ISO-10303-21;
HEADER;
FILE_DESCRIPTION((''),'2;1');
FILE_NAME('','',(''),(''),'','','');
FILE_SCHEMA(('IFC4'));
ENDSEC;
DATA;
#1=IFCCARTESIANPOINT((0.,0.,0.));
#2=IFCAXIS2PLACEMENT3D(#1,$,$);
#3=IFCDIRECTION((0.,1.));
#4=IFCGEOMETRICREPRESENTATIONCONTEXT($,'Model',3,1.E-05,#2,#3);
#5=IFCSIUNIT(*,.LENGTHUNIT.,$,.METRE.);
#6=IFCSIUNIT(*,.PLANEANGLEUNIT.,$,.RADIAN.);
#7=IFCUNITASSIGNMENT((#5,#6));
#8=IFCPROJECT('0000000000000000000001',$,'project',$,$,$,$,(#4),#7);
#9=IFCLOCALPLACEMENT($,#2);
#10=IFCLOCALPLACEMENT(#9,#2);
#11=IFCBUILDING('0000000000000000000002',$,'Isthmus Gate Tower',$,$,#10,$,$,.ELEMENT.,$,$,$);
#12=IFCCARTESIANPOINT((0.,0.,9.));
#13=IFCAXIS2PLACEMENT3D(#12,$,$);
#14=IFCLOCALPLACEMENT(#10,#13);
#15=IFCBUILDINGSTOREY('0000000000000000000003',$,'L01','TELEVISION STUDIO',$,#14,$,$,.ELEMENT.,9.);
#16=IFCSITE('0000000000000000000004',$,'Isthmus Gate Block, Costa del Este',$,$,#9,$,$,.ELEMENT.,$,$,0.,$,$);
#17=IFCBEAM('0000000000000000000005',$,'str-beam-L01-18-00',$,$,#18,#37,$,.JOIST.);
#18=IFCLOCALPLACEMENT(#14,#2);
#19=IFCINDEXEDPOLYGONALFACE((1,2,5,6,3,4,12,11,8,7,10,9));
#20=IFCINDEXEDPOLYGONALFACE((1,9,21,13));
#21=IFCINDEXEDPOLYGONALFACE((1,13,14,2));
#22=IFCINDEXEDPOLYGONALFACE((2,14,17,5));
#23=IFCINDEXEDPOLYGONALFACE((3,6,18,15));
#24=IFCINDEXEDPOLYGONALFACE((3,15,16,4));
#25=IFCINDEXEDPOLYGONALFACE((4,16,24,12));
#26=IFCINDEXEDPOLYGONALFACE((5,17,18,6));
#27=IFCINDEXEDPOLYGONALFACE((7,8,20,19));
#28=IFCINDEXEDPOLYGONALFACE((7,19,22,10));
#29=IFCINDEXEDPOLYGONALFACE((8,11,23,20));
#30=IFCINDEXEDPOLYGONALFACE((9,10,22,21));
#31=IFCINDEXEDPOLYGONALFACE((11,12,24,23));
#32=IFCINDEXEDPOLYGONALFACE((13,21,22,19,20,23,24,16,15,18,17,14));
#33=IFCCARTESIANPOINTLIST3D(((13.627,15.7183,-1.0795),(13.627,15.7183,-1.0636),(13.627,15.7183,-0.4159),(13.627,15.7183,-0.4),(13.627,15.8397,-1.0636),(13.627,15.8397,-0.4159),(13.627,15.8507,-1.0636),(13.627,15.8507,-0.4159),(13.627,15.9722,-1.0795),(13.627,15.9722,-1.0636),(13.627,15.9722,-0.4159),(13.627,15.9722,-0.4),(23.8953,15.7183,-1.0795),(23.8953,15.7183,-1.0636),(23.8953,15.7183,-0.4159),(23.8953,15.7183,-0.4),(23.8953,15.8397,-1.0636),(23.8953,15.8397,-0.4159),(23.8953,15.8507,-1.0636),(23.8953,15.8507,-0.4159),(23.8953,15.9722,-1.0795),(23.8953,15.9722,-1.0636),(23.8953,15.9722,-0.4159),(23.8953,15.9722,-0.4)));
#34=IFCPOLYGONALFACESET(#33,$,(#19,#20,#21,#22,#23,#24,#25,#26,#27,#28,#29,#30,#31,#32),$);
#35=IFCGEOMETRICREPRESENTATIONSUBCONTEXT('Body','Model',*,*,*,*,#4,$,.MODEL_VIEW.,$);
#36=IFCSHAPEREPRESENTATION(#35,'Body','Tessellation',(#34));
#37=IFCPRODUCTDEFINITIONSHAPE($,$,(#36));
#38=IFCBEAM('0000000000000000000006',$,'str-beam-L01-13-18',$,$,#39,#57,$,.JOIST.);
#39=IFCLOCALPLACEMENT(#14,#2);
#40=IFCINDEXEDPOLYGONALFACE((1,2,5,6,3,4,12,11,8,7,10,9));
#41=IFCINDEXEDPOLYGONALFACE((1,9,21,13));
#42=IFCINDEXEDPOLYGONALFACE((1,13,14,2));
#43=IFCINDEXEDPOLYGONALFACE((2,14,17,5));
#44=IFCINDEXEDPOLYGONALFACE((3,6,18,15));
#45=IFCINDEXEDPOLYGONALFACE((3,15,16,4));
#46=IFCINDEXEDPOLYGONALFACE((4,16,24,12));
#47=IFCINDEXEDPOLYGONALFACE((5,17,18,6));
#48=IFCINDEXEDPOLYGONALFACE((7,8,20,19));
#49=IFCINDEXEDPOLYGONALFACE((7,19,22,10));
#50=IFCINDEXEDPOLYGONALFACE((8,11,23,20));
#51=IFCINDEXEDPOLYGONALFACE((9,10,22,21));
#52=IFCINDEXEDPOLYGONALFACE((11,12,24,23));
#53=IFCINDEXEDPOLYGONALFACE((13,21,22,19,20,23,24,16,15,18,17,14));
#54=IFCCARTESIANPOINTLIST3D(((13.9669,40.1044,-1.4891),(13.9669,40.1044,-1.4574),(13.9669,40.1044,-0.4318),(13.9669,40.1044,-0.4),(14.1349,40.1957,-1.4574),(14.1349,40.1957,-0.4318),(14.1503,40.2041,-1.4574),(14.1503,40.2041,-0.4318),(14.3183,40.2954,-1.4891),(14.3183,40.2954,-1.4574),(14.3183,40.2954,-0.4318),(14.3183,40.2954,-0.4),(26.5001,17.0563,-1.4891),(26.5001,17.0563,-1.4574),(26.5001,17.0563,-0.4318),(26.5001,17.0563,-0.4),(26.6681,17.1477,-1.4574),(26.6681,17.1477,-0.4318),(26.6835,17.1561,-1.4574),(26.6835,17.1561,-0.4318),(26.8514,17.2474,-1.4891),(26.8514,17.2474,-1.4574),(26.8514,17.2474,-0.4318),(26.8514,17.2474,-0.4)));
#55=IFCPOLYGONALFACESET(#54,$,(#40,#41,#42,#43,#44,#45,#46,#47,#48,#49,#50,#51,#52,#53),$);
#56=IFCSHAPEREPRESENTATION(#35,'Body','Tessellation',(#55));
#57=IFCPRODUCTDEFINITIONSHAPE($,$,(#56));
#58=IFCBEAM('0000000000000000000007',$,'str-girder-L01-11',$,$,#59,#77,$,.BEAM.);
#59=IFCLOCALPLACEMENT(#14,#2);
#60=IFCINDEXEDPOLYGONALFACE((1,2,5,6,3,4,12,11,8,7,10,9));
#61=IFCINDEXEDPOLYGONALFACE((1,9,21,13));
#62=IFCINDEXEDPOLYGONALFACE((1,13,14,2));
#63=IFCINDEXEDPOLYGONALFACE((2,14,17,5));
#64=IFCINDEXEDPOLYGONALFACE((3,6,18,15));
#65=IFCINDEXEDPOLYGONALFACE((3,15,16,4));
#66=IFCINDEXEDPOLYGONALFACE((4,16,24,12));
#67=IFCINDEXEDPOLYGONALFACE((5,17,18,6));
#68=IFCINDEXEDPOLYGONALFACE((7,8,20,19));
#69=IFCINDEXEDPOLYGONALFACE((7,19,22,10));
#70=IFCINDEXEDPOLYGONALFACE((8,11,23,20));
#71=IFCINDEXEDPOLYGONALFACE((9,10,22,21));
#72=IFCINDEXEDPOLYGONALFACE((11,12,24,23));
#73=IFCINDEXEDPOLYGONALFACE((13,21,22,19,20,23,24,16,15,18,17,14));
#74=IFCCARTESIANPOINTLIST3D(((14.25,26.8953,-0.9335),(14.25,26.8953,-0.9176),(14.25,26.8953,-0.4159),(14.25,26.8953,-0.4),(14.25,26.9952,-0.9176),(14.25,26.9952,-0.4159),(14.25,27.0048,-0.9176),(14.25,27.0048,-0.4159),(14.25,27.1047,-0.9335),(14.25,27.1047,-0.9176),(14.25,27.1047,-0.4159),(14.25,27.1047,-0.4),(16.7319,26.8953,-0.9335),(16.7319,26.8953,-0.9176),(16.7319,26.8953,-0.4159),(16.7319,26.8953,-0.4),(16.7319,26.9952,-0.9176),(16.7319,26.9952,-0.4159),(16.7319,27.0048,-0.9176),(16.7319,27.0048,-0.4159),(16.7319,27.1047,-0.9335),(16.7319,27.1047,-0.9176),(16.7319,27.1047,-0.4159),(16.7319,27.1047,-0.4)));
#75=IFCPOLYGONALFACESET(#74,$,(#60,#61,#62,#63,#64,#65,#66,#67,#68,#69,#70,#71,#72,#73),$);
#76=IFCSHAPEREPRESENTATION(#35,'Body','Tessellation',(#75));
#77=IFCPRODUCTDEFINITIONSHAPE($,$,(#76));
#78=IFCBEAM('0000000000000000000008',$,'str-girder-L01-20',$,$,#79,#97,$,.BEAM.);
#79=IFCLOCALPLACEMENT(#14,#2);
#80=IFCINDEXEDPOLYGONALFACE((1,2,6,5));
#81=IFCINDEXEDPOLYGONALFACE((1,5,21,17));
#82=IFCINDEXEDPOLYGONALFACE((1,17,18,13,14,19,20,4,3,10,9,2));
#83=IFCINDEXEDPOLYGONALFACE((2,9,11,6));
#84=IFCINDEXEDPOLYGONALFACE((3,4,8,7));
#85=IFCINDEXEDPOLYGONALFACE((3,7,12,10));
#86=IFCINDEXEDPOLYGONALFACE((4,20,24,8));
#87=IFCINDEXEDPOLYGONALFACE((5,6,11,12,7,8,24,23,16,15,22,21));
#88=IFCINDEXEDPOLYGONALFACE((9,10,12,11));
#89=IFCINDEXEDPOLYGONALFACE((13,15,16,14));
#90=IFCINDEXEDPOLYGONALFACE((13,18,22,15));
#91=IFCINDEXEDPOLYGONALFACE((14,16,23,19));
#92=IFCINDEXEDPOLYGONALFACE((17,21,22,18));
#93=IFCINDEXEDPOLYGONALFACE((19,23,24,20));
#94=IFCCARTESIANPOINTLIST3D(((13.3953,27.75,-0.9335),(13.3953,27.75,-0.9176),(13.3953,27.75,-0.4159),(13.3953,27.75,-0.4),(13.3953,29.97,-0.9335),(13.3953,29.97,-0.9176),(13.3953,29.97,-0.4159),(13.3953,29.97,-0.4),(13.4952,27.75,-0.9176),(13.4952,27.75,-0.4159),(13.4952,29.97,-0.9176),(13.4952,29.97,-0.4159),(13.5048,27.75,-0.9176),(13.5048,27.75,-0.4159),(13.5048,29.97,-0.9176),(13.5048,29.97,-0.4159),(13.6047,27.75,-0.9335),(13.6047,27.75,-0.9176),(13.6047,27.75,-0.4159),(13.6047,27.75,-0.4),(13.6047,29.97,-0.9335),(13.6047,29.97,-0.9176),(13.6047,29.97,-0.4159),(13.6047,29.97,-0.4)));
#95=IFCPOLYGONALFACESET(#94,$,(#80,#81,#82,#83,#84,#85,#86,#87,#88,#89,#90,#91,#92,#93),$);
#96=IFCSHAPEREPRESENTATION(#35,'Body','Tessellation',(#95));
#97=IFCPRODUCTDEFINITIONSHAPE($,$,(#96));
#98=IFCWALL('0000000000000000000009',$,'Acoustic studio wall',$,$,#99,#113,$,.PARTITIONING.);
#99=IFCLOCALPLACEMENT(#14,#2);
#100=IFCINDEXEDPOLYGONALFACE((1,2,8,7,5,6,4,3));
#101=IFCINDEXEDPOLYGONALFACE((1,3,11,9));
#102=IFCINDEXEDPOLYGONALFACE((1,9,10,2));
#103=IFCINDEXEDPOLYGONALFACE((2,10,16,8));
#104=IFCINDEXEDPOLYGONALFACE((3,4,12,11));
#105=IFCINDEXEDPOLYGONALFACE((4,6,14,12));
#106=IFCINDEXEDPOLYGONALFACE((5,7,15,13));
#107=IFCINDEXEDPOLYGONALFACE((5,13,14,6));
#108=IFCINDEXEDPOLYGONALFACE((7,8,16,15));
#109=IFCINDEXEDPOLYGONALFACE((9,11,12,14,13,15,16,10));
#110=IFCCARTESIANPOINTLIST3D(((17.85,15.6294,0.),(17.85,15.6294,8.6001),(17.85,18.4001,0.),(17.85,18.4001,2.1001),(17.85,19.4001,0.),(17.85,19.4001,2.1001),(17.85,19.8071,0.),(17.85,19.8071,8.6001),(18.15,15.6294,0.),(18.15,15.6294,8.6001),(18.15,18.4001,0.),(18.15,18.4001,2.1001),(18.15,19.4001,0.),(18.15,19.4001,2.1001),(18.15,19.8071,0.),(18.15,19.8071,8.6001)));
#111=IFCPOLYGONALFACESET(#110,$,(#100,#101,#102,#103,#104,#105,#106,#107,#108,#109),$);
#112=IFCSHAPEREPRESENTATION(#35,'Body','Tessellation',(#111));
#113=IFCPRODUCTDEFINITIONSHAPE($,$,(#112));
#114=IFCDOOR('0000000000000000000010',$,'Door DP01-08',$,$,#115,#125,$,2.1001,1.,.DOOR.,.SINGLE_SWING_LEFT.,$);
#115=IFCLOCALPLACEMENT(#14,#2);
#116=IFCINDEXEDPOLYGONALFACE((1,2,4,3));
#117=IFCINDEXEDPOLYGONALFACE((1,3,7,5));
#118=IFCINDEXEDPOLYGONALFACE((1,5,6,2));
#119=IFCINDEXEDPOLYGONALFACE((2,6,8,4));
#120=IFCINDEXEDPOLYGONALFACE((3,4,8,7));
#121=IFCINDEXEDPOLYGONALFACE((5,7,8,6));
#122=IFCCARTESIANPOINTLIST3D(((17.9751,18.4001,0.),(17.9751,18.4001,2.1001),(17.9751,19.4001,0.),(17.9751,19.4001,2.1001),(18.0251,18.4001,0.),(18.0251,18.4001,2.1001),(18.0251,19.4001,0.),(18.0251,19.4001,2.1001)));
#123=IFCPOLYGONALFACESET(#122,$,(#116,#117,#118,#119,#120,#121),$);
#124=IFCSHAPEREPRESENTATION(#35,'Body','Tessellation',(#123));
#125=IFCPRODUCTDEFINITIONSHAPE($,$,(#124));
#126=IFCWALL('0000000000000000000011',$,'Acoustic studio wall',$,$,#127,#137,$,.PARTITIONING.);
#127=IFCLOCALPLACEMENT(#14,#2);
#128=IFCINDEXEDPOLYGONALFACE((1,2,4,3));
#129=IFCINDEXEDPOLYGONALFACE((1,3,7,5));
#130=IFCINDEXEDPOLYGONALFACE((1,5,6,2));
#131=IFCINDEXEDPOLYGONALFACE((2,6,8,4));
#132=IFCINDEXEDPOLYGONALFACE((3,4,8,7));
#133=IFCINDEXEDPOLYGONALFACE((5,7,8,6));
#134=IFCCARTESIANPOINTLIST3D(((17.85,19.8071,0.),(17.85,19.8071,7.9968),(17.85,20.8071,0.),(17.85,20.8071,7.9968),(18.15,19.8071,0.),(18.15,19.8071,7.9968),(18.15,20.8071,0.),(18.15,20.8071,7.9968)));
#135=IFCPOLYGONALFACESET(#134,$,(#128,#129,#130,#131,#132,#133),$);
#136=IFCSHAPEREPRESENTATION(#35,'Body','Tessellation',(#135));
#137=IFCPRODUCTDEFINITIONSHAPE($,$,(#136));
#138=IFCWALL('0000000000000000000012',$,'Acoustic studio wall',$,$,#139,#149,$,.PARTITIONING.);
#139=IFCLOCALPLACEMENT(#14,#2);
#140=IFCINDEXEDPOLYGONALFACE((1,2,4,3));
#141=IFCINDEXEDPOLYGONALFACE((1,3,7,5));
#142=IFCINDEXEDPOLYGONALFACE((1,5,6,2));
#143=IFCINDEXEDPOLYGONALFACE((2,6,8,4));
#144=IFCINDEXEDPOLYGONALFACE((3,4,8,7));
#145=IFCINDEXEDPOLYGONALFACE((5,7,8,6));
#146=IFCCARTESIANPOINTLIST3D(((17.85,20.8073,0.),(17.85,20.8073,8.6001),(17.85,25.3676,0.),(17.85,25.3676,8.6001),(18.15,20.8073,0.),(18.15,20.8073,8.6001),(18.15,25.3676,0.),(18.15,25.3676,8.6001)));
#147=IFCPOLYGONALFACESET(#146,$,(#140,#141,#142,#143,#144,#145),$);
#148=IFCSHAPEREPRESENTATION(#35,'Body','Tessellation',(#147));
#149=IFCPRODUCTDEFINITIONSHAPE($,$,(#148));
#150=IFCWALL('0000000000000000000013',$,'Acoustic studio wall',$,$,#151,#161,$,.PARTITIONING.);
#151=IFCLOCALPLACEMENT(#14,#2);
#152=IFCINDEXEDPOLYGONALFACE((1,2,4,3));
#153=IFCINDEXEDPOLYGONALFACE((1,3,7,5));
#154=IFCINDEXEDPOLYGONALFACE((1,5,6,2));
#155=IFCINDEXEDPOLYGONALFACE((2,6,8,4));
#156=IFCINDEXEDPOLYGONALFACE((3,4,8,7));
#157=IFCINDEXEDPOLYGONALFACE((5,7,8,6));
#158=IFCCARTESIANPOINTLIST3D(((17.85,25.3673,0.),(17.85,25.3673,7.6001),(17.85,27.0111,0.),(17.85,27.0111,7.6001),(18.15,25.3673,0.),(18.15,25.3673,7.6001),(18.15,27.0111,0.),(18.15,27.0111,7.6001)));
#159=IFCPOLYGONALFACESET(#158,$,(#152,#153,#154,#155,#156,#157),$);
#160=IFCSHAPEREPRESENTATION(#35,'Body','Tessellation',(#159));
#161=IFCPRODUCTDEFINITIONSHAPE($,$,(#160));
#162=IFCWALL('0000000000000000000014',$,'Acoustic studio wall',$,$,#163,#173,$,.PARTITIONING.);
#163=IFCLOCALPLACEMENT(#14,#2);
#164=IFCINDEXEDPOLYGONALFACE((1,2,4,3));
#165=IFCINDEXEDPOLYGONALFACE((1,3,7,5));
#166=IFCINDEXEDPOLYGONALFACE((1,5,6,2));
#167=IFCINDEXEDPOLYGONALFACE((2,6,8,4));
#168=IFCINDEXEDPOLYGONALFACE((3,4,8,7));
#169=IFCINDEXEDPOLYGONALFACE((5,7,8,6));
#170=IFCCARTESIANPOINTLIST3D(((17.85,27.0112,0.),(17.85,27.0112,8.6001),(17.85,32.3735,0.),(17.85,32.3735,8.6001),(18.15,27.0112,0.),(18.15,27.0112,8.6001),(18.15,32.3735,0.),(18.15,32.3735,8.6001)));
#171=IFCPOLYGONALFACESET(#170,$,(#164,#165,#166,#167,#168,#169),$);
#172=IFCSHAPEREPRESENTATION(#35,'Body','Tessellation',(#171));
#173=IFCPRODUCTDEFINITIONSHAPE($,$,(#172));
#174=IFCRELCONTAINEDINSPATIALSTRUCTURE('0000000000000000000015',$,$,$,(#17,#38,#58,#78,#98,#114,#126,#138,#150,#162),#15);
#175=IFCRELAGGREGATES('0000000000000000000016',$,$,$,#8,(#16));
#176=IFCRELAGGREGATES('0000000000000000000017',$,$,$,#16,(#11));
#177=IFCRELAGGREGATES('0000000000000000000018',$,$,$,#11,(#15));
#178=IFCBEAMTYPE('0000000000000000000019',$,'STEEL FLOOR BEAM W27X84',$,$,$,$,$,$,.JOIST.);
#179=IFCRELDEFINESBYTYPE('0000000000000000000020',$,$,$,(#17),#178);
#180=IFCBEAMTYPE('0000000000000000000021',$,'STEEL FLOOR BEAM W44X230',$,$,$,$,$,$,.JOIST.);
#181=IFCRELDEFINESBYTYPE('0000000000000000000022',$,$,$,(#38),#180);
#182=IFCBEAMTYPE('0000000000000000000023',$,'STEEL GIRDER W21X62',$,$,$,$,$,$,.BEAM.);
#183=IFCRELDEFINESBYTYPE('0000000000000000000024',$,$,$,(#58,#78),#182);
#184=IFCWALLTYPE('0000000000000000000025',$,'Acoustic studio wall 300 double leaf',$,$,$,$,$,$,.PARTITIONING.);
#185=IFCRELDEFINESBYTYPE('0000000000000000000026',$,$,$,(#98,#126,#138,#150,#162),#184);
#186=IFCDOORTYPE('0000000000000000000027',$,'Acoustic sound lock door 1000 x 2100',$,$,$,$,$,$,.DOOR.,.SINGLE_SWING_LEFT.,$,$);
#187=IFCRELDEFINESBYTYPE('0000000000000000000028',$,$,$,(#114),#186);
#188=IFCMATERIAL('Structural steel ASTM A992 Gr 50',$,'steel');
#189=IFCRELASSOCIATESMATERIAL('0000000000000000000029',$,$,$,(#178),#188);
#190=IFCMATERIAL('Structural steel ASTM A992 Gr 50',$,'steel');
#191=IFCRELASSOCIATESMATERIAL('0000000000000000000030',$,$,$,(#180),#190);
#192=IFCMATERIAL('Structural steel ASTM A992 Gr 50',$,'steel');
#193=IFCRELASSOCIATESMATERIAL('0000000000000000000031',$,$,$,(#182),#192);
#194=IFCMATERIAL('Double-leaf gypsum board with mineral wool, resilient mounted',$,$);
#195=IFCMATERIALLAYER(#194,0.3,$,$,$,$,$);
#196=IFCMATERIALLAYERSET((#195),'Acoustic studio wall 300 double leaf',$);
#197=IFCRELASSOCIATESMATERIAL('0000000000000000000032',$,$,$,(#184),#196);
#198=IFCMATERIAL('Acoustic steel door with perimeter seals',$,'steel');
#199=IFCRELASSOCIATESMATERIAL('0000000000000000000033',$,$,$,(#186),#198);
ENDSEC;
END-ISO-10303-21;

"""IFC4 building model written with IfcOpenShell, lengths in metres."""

from ifc_helpers import new_model, si_unit, direction, frame, frame_2d, origin, origin_2d, place, context, subcontext, project, spatial, rectangle, i_section, extrude, material, layer, layer_set, material_profile, profile_set, type_object, element, fill, save


model = new_model("IFC4")

# Units and contexts
model_context = context("Model", 3, precision=1e-05, world=origin(), true_north=direction((0.0, 1.0)))
body_context = subcontext(model_context, "Body", "Model", "MODEL_VIEW")
ifc_project = project(units=[si_unit("LENGTHUNIT", "METRE"), si_unit("PLANEANGLEUNIT", "RADIAN")], contexts=[model_context])

# Site, building, storey
site_placement = place(None, origin())
site = spatial("IfcSite", under=ifc_project, at=site_placement, Name="Isthmus Gate Block, Costa del Este", CompositionType="ELEMENT", RefElevation=0.0)
building_placement = place(site_placement, origin())
building = spatial("IfcBuilding", under=site, at=building_placement, Name="Isthmus Gate Tower", CompositionType="ELEMENT")
storey_placement = place(building_placement, frame((0.0, 0.0, 9.0)))
storey = spatial("IfcBuildingStorey", under=building, at=storey_placement, Name="L01", Description="TELEVISION STUDIO", CompositionType="ELEMENT", Elevation=9.0)

# Beams
ifc_material_1 = material(Name="Structural steel ASTM A992 Gr 50", Category="steel")
ifc_material_profile_1 = material_profile(ifc_material_1, i_section(OverallWidth=0.2539, OverallDepth=0.6794, WebThickness=0.011, FlangeThickness=0.0159, at=origin_2d()), Name="W27X84")
ifc_profile_set_1 = profile_set([ifc_material_profile_1], Name="Structural steel ASTM A992 Gr 50")
beam_type_1 = type_object("IfcBeamType", Name="STEEL FLOOR BEAM W27X84", PredefinedType="JOIST", material=ifc_profile_set_1)
beam_1_placement = place(storey_placement, frame((13.627, 15.8452, -0.7397), z_axis=(1.0, 0.0, 0.0), x_axis=(0.0, 1.0, 0.0)))
element("IfcBeam", 1, at=beam_1_placement, inside=storey, type_object=beam_type_1, Name="str-beam-L01-18-00", PredefinedType="JOIST", context=body_context, shape_type="SweptSolid", body=[
    extrude(i_section(OverallWidth=0.2539, OverallDepth=0.6794, WebThickness=0.011, FlangeThickness=0.0159, at=origin_2d()), origin(), (0.0, 0.0, 1.0), 10.2683),
])
ifc_material_2 = material(Name="Structural steel ASTM A992 Gr 50", Category="steel")
ifc_material_profile_2 = material_profile(ifc_material_2, i_section(OverallWidth=0.3999, OverallDepth=1.0891, WebThickness=0.0176, FlangeThickness=0.0317, at=origin_2d()), Name="W44X230")
ifc_profile_set_2 = profile_set([ifc_material_profile_2], Name="Structural steel ASTM A992 Gr 50")
beam_type_2 = type_object("IfcBeamType", Name="STEEL FLOOR BEAM W44X230", PredefinedType="JOIST", material=ifc_profile_set_2)
beam_2_placement = place(storey_placement, frame((26.6758, 17.1519, -0.9446), z_axis=(-0.477721, 0.878512, 0.0), x_axis=(-0.878512, -0.477721, 0.0)))
element("IfcBeam", 2, at=beam_2_placement, inside=storey, type_object=beam_type_2, Name="str-beam-L01-13-18", PredefinedType="JOIST", context=body_context, shape_type="SweptSolid", body=[
    extrude(i_section(OverallWidth=0.3999, OverallDepth=1.0891, WebThickness=0.0176, FlangeThickness=0.0317, at=origin_2d()), origin(), (0.0, 0.0, 1.0), 26.2354),
])
ifc_material_3 = material(Name="Structural steel ASTM A992 Gr 50", Category="steel")
ifc_material_profile_3 = material_profile(ifc_material_3, i_section(OverallWidth=0.2095, OverallDepth=0.5334, WebThickness=0.0095, FlangeThickness=0.0159, at=origin_2d()), Name="W21X62")
ifc_profile_set_3 = profile_set([ifc_material_profile_3], Name="Structural steel ASTM A992 Gr 50")
beam_type_3 = type_object("IfcBeamType", Name="STEEL GIRDER W21X62", PredefinedType="BEAM", material=ifc_profile_set_3)
beam_3_placement = place(storey_placement, frame((14.25, 27.0, -0.6667), z_axis=(1.0, 0.0, 0.0), x_axis=(0.0, 1.0, 0.0)))
element("IfcBeam", 3, at=beam_3_placement, inside=storey, type_object=beam_type_3, Name="str-girder-L01-11", PredefinedType="BEAM", context=body_context, shape_type="SweptSolid", body=[
    extrude(i_section(OverallWidth=0.2095, OverallDepth=0.5334, WebThickness=0.0095, FlangeThickness=0.0159, at=origin_2d()), origin(), (0.0, 0.0, 1.0), 2.4819),
])
beam_4_placement = place(storey_placement, frame((13.5, 27.75, -0.6667), z_axis=(0.0, 1.0, 0.0), x_axis=(-1.0, 0.0, 0.0)))
element("IfcBeam", 4, at=beam_4_placement, inside=storey, type_object=beam_type_3, Name="str-girder-L01-20", PredefinedType="BEAM", context=body_context, shape_type="SweptSolid", body=[
    extrude(i_section(OverallWidth=0.2095, OverallDepth=0.5334, WebThickness=0.0095, FlangeThickness=0.0159, at=origin_2d()), origin(), (0.0, 0.0, 1.0), 2.22),
])

# Wall, opening, door
ifc_material_4 = material(Name="Double-leaf gypsum board with mineral wool, resilient mounted")
ifc_layer_1 = layer(ifc_material_4, 0.3)
ifc_layer_set_1 = layer_set([ifc_layer_1], Name="Acoustic studio wall 300 double leaf")
wall_type_1 = type_object("IfcWallType", Name="Acoustic studio wall 300 double leaf", PredefinedType="PARTITIONING", material=ifc_layer_set_1)
wall_1_placement = place(storey_placement, frame((18.0, 15.6294, 0.0), z_axis=(0.0, 0.0, 1.0), x_axis=(0.0, 1.0, 0.0)))
wall_1 = element("IfcWall", 5, at=wall_1_placement, inside=storey, type_object=wall_type_1, Name="Acoustic studio wall", PredefinedType="PARTITIONING", context=body_context, shape_type="SweptSolid", body=[
    extrude(rectangle(XDim=4.1777, YDim=0.3, at=frame_2d((2.0889, 0.0))), origin(), (0.0, 0.0, 1.0), 8.6001),
])
opening_placement = place(wall_1_placement, frame((2.7708, 0.0, 0.0)))
opening = element("IfcOpeningElement", 6, at=opening_placement, cuts=wall_1, PredefinedType="OPENING", context=body_context, shape_type="SweptSolid", body=[
    extrude(rectangle(XDim=1.0, YDim=2.1001, at=frame_2d((0.5, 1.05))), frame((0.0, 0.1599, 0.0), z_axis=(0.0, -1.0, 0.0), x_axis=(1.0, 0.0, 0.0)), (0.0, 0.0, 1.0), 0.3201),
])
ifc_material_5 = material(Name="Acoustic steel door with perimeter seals", Category="steel")
door_type = type_object("IfcDoorType", Name="Acoustic sound lock door 1000 x 2100", OperationType="SINGLE_SWING_LEFT", PredefinedType="DOOR", material=ifc_material_5)
door_placement = place(opening_placement, origin())
door = element("IfcDoor", 7, at=door_placement, inside=storey, type_object=door_type, Name="Door DP01-08", OperationType="SINGLE_SWING_LEFT", OverallHeight=2.1001, OverallWidth=1.0, PredefinedType="DOOR", context=body_context, shape_type="SweptSolid", body=[
    extrude(rectangle(XDim=1.0, YDim=2.1001, at=frame_2d((0.5, 1.05))), frame((0.0, 0.0249, 0.0), z_axis=(0.0, -1.0, 0.0), x_axis=(1.0, 0.0, 0.0)), (0.0, 0.0, 1.0), 0.05),
])
fill(opening, door)

# Walls
wall_2_placement = place(storey_placement, frame((18.0, 19.8071, 0.0), z_axis=(0.0, 0.0, 1.0), x_axis=(0.0, 1.0, 0.0)))
element("IfcWall", 8, at=wall_2_placement, inside=storey, type_object=wall_type_1, Name="Acoustic studio wall", PredefinedType="PARTITIONING", context=body_context, shape_type="SweptSolid", body=[
    extrude(rectangle(XDim=1.0, YDim=0.3, at=frame_2d((0.5, 0.0))), origin(), (0.0, 0.0, 1.0), 7.9968),
])
wall_3_placement = place(storey_placement, frame((18.0, 20.8071, 0.0), z_axis=(0.0, 0.0, 1.0), x_axis=(0.0, 1.0, 0.0)))
element("IfcWall", 9, at=wall_3_placement, inside=storey, type_object=wall_type_1, Name="Acoustic studio wall", PredefinedType="PARTITIONING", context=body_context, shape_type="SweptSolid", body=[
    extrude(rectangle(XDim=4.5603, YDim=0.3, at=frame_2d((2.2803, 0.0))), origin(), (0.0, 0.0, 1.0), 8.6001),
])
wall_4_placement = place(storey_placement, frame((18.0, 25.3674, 0.0), z_axis=(0.0, 0.0, 1.0), x_axis=(0.0, 1.0, 0.0)))
element("IfcWall", 10, at=wall_4_placement, inside=storey, type_object=wall_type_1, Name="Acoustic studio wall", PredefinedType="PARTITIONING", context=body_context, shape_type="SweptSolid", body=[
    extrude(rectangle(XDim=1.6438, YDim=0.3, at=frame_2d((0.8218, 0.0))), origin(), (0.0, 0.0, 1.0), 7.6001),
])
wall_5_placement = place(storey_placement, frame((18.0, 27.0112, 0.0), z_axis=(0.0, 0.0, 1.0), x_axis=(0.0, 1.0, 0.0)))
element("IfcWall", 11, at=wall_5_placement, inside=storey, type_object=wall_type_1, Name="Acoustic studio wall", PredefinedType="PARTITIONING", context=body_context, shape_type="SweptSolid", body=[
    extrude(rectangle(XDim=5.3623, YDim=0.3, at=frame_2d((2.6812, 0.0))), origin(), (0.0, 0.0, 1.0), 8.6001),
])

save(model, "model.ifc")
